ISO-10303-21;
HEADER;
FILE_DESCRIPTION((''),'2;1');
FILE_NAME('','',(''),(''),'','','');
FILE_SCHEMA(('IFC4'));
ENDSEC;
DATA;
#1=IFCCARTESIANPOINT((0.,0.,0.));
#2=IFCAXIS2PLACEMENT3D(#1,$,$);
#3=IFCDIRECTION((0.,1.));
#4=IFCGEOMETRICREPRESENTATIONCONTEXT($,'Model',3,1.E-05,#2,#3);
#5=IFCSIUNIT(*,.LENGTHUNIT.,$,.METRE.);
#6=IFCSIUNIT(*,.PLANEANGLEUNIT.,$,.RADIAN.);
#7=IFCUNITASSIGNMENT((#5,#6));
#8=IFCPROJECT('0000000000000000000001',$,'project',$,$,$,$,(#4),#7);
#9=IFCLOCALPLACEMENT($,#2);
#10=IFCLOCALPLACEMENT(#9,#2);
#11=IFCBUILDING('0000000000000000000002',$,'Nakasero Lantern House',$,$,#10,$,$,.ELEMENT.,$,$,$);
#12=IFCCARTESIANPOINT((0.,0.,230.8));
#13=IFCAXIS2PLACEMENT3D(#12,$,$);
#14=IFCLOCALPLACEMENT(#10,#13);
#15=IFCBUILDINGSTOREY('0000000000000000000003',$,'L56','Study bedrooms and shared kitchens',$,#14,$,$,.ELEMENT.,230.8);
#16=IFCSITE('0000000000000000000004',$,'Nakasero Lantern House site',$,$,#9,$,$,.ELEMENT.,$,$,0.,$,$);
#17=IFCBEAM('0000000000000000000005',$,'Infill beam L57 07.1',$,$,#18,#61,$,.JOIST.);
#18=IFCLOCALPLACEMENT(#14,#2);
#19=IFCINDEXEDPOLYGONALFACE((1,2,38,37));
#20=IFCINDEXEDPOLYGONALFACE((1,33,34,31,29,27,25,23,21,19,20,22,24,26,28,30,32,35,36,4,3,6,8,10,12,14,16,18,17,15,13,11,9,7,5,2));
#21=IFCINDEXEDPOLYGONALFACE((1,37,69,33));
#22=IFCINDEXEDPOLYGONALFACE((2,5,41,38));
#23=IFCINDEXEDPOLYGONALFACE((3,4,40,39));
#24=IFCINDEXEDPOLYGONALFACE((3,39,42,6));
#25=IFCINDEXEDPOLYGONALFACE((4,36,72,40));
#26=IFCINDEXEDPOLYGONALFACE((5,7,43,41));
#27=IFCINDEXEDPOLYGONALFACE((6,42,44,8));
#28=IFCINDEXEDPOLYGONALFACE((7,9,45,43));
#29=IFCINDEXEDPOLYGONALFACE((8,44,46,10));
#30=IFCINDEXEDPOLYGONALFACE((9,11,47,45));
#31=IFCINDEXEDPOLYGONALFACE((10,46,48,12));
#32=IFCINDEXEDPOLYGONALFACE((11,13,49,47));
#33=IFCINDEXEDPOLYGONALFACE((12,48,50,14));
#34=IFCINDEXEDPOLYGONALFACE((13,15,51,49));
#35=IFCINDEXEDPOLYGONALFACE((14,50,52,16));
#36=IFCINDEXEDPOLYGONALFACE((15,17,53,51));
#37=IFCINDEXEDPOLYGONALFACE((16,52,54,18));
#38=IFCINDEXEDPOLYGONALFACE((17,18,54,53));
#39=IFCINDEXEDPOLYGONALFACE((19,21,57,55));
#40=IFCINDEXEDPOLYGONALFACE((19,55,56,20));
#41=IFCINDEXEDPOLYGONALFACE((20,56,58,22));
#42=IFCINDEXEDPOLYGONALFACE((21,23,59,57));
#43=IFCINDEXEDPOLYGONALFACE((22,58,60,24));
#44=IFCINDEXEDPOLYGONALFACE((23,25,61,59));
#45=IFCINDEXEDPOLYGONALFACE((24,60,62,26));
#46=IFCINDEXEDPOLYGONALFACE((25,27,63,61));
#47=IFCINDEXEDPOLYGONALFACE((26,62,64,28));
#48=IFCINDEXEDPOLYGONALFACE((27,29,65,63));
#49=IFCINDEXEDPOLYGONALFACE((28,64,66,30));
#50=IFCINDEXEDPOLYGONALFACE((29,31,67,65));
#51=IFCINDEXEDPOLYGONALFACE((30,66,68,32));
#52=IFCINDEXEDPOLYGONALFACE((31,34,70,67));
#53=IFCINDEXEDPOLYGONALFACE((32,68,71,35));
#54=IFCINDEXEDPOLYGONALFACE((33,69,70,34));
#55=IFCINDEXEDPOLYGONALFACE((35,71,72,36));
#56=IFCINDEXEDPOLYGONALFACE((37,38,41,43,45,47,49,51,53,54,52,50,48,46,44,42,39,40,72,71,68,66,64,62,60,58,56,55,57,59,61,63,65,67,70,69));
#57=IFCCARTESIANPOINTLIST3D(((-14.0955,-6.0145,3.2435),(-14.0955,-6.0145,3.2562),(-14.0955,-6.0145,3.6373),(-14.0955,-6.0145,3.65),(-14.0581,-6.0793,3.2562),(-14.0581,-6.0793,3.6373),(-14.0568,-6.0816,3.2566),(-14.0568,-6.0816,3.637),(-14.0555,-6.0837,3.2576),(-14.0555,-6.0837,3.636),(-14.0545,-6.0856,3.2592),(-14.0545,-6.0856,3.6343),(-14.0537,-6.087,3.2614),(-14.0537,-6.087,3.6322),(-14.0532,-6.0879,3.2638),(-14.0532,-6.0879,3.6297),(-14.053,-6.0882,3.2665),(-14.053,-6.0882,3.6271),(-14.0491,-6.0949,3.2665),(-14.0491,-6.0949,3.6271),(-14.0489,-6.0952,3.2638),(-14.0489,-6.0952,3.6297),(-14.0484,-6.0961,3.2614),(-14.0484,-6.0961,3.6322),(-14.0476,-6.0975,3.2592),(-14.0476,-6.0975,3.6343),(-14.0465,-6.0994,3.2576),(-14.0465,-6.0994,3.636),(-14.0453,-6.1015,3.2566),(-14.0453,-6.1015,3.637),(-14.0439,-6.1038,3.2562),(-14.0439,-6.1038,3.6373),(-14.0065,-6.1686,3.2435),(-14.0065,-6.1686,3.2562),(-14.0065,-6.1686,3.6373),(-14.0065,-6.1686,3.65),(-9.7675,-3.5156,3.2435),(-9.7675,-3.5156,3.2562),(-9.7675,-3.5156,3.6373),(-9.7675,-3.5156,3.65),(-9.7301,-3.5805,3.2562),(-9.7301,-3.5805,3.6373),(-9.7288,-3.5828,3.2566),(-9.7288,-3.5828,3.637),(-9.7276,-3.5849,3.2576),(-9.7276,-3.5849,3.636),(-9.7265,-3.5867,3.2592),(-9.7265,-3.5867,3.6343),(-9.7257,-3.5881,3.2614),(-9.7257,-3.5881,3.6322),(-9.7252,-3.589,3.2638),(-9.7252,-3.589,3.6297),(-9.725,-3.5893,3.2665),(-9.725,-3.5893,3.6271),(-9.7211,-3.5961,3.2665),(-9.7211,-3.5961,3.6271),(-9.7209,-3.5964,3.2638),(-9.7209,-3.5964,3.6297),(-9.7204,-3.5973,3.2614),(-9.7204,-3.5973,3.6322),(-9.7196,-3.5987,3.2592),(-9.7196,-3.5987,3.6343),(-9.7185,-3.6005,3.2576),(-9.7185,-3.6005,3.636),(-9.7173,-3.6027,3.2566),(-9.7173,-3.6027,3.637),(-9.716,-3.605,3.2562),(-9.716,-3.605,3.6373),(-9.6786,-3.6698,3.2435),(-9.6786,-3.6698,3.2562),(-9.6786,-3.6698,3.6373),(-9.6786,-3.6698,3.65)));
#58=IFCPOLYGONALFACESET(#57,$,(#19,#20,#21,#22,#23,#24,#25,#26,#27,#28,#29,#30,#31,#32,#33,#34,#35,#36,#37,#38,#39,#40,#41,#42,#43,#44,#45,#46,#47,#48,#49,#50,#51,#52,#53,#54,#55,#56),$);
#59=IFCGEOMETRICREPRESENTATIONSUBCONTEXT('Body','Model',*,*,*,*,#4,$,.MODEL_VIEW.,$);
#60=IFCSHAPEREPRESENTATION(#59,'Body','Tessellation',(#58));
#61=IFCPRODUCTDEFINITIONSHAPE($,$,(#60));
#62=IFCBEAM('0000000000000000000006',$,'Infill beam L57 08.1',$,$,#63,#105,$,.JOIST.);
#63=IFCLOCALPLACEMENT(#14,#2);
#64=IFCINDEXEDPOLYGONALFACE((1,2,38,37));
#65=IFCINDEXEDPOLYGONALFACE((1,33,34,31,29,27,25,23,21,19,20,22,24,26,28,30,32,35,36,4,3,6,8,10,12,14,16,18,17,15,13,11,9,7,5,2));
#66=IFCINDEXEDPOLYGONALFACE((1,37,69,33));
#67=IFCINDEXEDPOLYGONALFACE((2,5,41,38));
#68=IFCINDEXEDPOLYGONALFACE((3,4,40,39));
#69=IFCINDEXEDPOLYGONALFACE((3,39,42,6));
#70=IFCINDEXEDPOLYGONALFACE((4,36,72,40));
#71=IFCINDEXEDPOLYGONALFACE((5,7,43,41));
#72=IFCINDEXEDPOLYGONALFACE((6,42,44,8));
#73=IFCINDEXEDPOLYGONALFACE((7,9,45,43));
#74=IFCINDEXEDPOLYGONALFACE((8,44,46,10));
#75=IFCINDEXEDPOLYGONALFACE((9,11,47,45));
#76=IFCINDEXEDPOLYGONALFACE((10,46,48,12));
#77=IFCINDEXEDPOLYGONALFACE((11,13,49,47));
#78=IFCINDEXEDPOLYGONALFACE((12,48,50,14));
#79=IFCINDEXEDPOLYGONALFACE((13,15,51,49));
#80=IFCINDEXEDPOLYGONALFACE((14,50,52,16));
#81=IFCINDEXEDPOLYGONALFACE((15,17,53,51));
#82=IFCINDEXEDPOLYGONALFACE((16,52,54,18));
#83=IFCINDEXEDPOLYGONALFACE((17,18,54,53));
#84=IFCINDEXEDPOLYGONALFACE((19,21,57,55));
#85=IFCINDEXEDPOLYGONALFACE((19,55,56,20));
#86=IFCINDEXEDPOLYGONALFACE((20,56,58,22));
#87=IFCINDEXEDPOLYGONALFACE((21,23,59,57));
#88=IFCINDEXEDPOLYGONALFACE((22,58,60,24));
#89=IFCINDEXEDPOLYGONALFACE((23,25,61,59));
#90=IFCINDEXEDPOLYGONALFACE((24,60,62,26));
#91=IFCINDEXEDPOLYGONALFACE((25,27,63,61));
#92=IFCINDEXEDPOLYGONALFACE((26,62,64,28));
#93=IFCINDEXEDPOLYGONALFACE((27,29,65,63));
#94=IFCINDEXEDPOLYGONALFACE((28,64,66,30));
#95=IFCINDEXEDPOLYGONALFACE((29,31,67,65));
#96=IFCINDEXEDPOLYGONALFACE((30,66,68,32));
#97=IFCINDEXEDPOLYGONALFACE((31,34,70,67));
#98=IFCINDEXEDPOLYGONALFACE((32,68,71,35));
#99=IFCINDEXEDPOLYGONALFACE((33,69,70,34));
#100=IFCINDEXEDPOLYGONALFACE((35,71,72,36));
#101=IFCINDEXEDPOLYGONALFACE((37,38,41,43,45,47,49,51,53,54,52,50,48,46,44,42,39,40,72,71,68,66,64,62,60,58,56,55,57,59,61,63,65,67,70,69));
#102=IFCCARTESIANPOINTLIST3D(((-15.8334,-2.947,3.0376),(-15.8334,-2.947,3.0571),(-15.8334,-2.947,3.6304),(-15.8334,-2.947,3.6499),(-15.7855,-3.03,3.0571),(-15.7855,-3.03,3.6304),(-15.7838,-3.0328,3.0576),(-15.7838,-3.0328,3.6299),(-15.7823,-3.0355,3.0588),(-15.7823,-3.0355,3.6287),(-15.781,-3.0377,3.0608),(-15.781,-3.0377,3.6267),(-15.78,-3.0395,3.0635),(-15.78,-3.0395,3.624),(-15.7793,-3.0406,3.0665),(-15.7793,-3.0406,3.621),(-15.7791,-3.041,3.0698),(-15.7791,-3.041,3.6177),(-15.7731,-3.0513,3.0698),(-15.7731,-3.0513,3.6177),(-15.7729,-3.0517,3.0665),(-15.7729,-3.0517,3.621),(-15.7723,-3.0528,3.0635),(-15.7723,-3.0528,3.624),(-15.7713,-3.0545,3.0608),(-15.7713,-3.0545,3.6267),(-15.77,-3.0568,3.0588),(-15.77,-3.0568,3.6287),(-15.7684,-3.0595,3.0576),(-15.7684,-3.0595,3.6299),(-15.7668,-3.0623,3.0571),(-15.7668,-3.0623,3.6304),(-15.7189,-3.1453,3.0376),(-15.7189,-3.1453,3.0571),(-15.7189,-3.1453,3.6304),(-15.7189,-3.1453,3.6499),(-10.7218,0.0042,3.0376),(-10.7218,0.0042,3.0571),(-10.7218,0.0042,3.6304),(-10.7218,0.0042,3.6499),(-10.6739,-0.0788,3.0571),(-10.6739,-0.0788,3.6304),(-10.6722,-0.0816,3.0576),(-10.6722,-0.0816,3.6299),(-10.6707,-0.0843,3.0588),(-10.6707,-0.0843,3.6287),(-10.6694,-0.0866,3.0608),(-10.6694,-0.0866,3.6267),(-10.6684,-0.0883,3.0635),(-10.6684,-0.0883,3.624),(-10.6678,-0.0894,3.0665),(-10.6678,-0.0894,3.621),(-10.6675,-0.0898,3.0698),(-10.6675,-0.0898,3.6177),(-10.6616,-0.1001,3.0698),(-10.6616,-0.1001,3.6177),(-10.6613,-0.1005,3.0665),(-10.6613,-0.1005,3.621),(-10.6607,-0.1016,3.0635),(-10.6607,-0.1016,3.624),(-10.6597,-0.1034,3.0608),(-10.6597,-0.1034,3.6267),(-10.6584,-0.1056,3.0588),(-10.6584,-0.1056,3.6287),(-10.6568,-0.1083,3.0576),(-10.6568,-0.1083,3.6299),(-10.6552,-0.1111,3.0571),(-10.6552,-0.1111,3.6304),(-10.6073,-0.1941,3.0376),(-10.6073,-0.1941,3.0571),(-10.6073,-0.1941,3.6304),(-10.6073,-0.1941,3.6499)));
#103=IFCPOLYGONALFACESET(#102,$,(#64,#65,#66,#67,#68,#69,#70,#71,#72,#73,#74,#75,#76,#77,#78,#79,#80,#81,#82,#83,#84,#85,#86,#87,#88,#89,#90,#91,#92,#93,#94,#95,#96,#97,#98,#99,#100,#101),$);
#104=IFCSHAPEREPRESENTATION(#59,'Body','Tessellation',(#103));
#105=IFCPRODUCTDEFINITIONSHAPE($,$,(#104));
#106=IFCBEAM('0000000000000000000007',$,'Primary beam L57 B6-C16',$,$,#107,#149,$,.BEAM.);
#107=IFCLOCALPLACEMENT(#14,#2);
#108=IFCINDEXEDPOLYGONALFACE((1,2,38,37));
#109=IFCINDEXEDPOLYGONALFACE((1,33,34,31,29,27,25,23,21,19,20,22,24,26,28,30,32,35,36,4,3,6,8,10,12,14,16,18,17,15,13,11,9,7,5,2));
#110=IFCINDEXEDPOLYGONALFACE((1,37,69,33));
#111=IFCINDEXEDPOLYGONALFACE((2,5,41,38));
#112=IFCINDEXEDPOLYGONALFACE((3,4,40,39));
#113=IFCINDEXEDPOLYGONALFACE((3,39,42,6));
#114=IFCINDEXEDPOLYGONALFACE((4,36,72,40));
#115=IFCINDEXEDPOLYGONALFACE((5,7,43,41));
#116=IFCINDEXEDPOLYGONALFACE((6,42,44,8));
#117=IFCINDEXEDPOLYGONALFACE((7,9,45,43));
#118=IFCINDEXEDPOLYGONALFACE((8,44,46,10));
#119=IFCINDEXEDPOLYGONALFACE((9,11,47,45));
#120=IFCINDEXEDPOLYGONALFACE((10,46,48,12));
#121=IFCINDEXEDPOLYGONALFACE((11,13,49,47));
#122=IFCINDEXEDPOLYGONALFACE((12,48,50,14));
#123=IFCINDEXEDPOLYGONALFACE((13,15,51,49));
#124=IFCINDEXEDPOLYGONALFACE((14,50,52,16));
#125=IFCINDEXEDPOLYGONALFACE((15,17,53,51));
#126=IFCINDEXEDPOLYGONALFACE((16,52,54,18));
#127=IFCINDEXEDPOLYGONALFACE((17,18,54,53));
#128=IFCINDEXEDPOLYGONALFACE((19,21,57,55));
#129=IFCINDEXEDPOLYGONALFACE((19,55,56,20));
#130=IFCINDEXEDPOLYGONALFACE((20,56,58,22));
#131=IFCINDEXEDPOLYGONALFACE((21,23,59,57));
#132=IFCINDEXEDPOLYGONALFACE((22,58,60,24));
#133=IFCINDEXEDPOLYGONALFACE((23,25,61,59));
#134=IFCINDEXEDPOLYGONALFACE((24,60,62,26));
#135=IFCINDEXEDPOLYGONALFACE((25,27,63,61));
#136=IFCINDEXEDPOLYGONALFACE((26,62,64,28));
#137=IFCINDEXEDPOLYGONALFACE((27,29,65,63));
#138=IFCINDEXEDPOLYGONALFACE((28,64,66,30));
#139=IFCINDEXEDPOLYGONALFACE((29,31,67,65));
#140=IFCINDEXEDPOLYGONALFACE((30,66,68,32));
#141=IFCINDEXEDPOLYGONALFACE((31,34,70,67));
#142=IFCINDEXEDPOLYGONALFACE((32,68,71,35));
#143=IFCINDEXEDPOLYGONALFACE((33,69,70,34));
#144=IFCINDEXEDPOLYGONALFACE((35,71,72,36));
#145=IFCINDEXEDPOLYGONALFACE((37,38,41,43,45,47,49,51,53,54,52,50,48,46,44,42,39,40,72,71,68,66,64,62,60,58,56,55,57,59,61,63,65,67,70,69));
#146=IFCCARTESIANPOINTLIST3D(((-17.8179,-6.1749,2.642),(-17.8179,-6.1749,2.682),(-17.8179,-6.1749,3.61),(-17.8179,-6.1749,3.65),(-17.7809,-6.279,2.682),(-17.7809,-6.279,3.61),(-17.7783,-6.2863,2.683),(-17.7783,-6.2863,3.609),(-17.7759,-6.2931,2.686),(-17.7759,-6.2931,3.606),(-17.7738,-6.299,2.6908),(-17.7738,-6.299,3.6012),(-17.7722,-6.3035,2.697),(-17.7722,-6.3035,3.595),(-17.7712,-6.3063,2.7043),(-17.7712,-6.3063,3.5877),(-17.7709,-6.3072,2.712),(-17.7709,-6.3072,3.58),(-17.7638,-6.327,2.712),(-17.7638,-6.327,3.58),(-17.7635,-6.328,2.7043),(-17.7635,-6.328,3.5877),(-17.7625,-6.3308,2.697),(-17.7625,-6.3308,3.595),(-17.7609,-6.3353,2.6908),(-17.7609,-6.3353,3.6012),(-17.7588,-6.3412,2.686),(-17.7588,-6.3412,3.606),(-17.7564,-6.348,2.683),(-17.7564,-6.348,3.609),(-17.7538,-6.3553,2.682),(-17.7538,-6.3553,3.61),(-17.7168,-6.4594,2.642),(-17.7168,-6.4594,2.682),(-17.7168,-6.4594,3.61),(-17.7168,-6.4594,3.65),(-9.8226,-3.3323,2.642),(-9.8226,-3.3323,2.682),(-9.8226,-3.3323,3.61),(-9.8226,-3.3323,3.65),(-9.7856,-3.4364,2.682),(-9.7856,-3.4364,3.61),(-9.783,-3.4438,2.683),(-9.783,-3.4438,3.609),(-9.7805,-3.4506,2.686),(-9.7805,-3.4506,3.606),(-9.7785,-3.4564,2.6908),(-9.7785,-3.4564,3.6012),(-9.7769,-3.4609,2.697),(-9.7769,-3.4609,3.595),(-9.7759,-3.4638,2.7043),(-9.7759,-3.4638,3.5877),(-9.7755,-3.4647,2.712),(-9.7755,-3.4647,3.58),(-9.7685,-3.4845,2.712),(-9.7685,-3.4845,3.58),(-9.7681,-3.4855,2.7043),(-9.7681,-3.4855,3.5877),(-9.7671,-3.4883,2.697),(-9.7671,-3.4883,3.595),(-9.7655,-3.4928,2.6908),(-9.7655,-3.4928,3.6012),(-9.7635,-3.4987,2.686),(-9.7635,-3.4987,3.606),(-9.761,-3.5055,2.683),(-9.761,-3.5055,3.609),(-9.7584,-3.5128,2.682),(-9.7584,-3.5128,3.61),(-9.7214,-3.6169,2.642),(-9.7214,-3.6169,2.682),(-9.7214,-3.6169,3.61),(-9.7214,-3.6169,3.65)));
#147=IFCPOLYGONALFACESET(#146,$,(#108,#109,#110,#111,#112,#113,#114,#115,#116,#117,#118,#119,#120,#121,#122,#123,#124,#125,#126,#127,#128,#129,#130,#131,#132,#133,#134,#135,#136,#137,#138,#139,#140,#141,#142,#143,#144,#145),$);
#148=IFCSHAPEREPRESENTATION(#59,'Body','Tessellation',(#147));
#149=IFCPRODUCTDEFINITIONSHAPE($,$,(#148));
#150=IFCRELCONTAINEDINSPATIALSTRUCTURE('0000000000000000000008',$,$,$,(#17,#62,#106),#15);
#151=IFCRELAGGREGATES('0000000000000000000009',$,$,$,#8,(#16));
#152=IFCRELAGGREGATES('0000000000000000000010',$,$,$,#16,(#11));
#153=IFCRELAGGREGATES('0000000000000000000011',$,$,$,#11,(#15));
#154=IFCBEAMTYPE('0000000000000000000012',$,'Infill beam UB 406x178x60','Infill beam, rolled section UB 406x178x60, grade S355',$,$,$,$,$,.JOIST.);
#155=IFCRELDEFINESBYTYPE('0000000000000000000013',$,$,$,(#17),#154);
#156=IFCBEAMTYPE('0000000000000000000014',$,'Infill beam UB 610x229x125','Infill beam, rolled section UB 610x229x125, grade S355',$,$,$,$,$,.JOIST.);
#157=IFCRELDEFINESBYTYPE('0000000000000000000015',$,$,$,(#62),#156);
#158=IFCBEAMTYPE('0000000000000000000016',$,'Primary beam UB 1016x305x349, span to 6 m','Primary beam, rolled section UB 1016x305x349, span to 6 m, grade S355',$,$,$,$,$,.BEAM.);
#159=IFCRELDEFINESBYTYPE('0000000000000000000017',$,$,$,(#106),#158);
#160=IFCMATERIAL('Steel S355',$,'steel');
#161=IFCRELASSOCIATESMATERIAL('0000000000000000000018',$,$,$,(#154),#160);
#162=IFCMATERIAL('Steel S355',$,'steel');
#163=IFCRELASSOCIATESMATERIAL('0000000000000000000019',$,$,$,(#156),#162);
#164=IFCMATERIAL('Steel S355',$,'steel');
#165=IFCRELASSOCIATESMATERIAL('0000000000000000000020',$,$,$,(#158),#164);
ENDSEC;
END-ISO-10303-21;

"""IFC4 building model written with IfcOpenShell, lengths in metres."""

from ifc_helpers import new_model, si_unit, direction, frame, origin, origin_2d, place, context, subcontext, project, spatial, i_section, extrude, material, material_profile, profile_set, type_object, element, save


model = new_model("IFC4")

# Units and contexts
model_context = context("Model", 3, precision=1e-05, world=origin(), true_north=direction((0.0, 1.0)))
body_context = subcontext(model_context, "Body", "Model", "MODEL_VIEW")
ifc_project = project(units=[si_unit("LENGTHUNIT", "METRE"), si_unit("PLANEANGLEUNIT", "RADIAN")], contexts=[model_context])

# Site, building, storey
site_placement = place(None, origin())
site = spatial("IfcSite", under=ifc_project, at=site_placement, Name="Nakasero Lantern House site", CompositionType="ELEMENT", RefElevation=0.0)
building_placement = place(site_placement, origin())
building = spatial("IfcBuilding", under=site, at=building_placement, Name="Nakasero Lantern House", CompositionType="ELEMENT")
storey_placement = place(building_placement, frame((0.0, 0.0, 230.8)))
storey = spatial("IfcBuildingStorey", under=building, at=storey_placement, Name="L56", Description="Study bedrooms and shared kitchens", CompositionType="ELEMENT", Elevation=230.8)

# Beams
ifc_material_1 = material(Name="Steel S355", Category="steel")
ifc_material_profile_1 = material_profile(ifc_material_1, i_section(OverallWidth=0.178, OverallDepth=0.4065, WebThickness=0.0078, FlangeThickness=0.0127, FilletRadius=0.0103, at=origin_2d()), Name="UB 406x178x60")
ifc_profile_set_1 = profile_set([ifc_material_profile_1], Name="Steel S355")
beam_type_1 = type_object("IfcBeamType", Name="Infill beam UB 406x178x60", Description="Infill beam, rolled section UB 406x178x60, grade S355", PredefinedType="JOIST", material=ifc_profile_set_1)
beam_1_placement = place(storey_placement, frame((-14.051, -6.0916, 3.4468), z_axis=(0.866019, 0.500011, 0.0), x_axis=(-0.500011, 0.866019, 0.0)))
element("IfcBeam", 1, at=beam_1_placement, inside=storey, type_object=beam_type_1, Name="Infill beam L57 07.1", PredefinedType="JOIST", context=body_context, shape_type="SweptSolid", body=[
    extrude(i_section(OverallWidth=0.178, OverallDepth=0.4065, WebThickness=0.0078, FlangeThickness=0.0127, FilletRadius=0.0103, at=origin_2d()), origin(), (0.0, 0.0, 1.0), 4.9976),
])
ifc_material_2 = material(Name="Steel S355", Category="steel")
ifc_material_profile_2 = material_profile(ifc_material_2, i_section(OverallWidth=0.229, OverallDepth=0.6123, WebThickness=0.012, FlangeThickness=0.0195, FilletRadius=0.0127, at=origin_2d()), Name="UB 610x229x125")
ifc_profile_set_2 = profile_set([ifc_material_profile_2], Name="Steel S355")
beam_type_2 = type_object("IfcBeamType", Name="Infill beam UB 610x229x125", Description="Infill beam, rolled section UB 610x229x125, grade S355", PredefinedType="JOIST", material=ifc_profile_set_2)
beam_2_placement = place(storey_placement, frame((-15.7761, -3.0461, 3.3438), z_axis=(0.866025, 0.500001, 0.0), x_axis=(-0.500001, 0.866025, 0.0)))
element("IfcBeam", 2, at=beam_2_placement, inside=storey, type_object=beam_type_2, Name="Infill beam L57 08.1", PredefinedType="JOIST", context=body_context, shape_type="SweptSolid", body=[
    extrude(i_section(OverallWidth=0.229, OverallDepth=0.6123, WebThickness=0.012, FlangeThickness=0.0195, FilletRadius=0.0127, at=origin_2d()), origin(), (0.0, 0.0, 1.0), 5.9023),
])
ifc_material_3 = material(Name="Steel S355", Category="steel")
ifc_material_profile_3 = material_profile(ifc_material_3, i_section(OverallWidth=0.302, OverallDepth=1.0081, WebThickness=0.021, FlangeThickness=0.04, FilletRadius=0.03, at=origin_2d()), Name="UB 1016x305x349")
ifc_profile_set_3 = profile_set([ifc_material_profile_3], Name="Steel S355")
beam_type_3 = type_object("IfcBeamType", Name="Primary beam UB 1016x305x349, span to 6 m", Description="Primary beam, rolled section UB 1016x305x349, span to 6 m, grade S355", PredefinedType="BEAM", material=ifc_profile_set_3)
beam_3_placement = place(storey_placement, frame((-17.7673, -6.3171, 3.146), z_axis=(0.942225, 0.334982, 0.0), x_axis=(-0.334982, 0.942225, 0.0)))
element("IfcBeam", 3, at=beam_3_placement, inside=storey, type_object=beam_type_3, Name="Primary beam L57 B6-C16", PredefinedType="BEAM", context=body_context, shape_type="SweptSolid", body=[
    extrude(i_section(OverallWidth=0.302, OverallDepth=1.0081, WebThickness=0.021, FlangeThickness=0.04, FilletRadius=0.03, at=origin_2d()), origin(), (0.0, 0.0, 1.0), 8.4856),
])

save(model, "model.ifc")
